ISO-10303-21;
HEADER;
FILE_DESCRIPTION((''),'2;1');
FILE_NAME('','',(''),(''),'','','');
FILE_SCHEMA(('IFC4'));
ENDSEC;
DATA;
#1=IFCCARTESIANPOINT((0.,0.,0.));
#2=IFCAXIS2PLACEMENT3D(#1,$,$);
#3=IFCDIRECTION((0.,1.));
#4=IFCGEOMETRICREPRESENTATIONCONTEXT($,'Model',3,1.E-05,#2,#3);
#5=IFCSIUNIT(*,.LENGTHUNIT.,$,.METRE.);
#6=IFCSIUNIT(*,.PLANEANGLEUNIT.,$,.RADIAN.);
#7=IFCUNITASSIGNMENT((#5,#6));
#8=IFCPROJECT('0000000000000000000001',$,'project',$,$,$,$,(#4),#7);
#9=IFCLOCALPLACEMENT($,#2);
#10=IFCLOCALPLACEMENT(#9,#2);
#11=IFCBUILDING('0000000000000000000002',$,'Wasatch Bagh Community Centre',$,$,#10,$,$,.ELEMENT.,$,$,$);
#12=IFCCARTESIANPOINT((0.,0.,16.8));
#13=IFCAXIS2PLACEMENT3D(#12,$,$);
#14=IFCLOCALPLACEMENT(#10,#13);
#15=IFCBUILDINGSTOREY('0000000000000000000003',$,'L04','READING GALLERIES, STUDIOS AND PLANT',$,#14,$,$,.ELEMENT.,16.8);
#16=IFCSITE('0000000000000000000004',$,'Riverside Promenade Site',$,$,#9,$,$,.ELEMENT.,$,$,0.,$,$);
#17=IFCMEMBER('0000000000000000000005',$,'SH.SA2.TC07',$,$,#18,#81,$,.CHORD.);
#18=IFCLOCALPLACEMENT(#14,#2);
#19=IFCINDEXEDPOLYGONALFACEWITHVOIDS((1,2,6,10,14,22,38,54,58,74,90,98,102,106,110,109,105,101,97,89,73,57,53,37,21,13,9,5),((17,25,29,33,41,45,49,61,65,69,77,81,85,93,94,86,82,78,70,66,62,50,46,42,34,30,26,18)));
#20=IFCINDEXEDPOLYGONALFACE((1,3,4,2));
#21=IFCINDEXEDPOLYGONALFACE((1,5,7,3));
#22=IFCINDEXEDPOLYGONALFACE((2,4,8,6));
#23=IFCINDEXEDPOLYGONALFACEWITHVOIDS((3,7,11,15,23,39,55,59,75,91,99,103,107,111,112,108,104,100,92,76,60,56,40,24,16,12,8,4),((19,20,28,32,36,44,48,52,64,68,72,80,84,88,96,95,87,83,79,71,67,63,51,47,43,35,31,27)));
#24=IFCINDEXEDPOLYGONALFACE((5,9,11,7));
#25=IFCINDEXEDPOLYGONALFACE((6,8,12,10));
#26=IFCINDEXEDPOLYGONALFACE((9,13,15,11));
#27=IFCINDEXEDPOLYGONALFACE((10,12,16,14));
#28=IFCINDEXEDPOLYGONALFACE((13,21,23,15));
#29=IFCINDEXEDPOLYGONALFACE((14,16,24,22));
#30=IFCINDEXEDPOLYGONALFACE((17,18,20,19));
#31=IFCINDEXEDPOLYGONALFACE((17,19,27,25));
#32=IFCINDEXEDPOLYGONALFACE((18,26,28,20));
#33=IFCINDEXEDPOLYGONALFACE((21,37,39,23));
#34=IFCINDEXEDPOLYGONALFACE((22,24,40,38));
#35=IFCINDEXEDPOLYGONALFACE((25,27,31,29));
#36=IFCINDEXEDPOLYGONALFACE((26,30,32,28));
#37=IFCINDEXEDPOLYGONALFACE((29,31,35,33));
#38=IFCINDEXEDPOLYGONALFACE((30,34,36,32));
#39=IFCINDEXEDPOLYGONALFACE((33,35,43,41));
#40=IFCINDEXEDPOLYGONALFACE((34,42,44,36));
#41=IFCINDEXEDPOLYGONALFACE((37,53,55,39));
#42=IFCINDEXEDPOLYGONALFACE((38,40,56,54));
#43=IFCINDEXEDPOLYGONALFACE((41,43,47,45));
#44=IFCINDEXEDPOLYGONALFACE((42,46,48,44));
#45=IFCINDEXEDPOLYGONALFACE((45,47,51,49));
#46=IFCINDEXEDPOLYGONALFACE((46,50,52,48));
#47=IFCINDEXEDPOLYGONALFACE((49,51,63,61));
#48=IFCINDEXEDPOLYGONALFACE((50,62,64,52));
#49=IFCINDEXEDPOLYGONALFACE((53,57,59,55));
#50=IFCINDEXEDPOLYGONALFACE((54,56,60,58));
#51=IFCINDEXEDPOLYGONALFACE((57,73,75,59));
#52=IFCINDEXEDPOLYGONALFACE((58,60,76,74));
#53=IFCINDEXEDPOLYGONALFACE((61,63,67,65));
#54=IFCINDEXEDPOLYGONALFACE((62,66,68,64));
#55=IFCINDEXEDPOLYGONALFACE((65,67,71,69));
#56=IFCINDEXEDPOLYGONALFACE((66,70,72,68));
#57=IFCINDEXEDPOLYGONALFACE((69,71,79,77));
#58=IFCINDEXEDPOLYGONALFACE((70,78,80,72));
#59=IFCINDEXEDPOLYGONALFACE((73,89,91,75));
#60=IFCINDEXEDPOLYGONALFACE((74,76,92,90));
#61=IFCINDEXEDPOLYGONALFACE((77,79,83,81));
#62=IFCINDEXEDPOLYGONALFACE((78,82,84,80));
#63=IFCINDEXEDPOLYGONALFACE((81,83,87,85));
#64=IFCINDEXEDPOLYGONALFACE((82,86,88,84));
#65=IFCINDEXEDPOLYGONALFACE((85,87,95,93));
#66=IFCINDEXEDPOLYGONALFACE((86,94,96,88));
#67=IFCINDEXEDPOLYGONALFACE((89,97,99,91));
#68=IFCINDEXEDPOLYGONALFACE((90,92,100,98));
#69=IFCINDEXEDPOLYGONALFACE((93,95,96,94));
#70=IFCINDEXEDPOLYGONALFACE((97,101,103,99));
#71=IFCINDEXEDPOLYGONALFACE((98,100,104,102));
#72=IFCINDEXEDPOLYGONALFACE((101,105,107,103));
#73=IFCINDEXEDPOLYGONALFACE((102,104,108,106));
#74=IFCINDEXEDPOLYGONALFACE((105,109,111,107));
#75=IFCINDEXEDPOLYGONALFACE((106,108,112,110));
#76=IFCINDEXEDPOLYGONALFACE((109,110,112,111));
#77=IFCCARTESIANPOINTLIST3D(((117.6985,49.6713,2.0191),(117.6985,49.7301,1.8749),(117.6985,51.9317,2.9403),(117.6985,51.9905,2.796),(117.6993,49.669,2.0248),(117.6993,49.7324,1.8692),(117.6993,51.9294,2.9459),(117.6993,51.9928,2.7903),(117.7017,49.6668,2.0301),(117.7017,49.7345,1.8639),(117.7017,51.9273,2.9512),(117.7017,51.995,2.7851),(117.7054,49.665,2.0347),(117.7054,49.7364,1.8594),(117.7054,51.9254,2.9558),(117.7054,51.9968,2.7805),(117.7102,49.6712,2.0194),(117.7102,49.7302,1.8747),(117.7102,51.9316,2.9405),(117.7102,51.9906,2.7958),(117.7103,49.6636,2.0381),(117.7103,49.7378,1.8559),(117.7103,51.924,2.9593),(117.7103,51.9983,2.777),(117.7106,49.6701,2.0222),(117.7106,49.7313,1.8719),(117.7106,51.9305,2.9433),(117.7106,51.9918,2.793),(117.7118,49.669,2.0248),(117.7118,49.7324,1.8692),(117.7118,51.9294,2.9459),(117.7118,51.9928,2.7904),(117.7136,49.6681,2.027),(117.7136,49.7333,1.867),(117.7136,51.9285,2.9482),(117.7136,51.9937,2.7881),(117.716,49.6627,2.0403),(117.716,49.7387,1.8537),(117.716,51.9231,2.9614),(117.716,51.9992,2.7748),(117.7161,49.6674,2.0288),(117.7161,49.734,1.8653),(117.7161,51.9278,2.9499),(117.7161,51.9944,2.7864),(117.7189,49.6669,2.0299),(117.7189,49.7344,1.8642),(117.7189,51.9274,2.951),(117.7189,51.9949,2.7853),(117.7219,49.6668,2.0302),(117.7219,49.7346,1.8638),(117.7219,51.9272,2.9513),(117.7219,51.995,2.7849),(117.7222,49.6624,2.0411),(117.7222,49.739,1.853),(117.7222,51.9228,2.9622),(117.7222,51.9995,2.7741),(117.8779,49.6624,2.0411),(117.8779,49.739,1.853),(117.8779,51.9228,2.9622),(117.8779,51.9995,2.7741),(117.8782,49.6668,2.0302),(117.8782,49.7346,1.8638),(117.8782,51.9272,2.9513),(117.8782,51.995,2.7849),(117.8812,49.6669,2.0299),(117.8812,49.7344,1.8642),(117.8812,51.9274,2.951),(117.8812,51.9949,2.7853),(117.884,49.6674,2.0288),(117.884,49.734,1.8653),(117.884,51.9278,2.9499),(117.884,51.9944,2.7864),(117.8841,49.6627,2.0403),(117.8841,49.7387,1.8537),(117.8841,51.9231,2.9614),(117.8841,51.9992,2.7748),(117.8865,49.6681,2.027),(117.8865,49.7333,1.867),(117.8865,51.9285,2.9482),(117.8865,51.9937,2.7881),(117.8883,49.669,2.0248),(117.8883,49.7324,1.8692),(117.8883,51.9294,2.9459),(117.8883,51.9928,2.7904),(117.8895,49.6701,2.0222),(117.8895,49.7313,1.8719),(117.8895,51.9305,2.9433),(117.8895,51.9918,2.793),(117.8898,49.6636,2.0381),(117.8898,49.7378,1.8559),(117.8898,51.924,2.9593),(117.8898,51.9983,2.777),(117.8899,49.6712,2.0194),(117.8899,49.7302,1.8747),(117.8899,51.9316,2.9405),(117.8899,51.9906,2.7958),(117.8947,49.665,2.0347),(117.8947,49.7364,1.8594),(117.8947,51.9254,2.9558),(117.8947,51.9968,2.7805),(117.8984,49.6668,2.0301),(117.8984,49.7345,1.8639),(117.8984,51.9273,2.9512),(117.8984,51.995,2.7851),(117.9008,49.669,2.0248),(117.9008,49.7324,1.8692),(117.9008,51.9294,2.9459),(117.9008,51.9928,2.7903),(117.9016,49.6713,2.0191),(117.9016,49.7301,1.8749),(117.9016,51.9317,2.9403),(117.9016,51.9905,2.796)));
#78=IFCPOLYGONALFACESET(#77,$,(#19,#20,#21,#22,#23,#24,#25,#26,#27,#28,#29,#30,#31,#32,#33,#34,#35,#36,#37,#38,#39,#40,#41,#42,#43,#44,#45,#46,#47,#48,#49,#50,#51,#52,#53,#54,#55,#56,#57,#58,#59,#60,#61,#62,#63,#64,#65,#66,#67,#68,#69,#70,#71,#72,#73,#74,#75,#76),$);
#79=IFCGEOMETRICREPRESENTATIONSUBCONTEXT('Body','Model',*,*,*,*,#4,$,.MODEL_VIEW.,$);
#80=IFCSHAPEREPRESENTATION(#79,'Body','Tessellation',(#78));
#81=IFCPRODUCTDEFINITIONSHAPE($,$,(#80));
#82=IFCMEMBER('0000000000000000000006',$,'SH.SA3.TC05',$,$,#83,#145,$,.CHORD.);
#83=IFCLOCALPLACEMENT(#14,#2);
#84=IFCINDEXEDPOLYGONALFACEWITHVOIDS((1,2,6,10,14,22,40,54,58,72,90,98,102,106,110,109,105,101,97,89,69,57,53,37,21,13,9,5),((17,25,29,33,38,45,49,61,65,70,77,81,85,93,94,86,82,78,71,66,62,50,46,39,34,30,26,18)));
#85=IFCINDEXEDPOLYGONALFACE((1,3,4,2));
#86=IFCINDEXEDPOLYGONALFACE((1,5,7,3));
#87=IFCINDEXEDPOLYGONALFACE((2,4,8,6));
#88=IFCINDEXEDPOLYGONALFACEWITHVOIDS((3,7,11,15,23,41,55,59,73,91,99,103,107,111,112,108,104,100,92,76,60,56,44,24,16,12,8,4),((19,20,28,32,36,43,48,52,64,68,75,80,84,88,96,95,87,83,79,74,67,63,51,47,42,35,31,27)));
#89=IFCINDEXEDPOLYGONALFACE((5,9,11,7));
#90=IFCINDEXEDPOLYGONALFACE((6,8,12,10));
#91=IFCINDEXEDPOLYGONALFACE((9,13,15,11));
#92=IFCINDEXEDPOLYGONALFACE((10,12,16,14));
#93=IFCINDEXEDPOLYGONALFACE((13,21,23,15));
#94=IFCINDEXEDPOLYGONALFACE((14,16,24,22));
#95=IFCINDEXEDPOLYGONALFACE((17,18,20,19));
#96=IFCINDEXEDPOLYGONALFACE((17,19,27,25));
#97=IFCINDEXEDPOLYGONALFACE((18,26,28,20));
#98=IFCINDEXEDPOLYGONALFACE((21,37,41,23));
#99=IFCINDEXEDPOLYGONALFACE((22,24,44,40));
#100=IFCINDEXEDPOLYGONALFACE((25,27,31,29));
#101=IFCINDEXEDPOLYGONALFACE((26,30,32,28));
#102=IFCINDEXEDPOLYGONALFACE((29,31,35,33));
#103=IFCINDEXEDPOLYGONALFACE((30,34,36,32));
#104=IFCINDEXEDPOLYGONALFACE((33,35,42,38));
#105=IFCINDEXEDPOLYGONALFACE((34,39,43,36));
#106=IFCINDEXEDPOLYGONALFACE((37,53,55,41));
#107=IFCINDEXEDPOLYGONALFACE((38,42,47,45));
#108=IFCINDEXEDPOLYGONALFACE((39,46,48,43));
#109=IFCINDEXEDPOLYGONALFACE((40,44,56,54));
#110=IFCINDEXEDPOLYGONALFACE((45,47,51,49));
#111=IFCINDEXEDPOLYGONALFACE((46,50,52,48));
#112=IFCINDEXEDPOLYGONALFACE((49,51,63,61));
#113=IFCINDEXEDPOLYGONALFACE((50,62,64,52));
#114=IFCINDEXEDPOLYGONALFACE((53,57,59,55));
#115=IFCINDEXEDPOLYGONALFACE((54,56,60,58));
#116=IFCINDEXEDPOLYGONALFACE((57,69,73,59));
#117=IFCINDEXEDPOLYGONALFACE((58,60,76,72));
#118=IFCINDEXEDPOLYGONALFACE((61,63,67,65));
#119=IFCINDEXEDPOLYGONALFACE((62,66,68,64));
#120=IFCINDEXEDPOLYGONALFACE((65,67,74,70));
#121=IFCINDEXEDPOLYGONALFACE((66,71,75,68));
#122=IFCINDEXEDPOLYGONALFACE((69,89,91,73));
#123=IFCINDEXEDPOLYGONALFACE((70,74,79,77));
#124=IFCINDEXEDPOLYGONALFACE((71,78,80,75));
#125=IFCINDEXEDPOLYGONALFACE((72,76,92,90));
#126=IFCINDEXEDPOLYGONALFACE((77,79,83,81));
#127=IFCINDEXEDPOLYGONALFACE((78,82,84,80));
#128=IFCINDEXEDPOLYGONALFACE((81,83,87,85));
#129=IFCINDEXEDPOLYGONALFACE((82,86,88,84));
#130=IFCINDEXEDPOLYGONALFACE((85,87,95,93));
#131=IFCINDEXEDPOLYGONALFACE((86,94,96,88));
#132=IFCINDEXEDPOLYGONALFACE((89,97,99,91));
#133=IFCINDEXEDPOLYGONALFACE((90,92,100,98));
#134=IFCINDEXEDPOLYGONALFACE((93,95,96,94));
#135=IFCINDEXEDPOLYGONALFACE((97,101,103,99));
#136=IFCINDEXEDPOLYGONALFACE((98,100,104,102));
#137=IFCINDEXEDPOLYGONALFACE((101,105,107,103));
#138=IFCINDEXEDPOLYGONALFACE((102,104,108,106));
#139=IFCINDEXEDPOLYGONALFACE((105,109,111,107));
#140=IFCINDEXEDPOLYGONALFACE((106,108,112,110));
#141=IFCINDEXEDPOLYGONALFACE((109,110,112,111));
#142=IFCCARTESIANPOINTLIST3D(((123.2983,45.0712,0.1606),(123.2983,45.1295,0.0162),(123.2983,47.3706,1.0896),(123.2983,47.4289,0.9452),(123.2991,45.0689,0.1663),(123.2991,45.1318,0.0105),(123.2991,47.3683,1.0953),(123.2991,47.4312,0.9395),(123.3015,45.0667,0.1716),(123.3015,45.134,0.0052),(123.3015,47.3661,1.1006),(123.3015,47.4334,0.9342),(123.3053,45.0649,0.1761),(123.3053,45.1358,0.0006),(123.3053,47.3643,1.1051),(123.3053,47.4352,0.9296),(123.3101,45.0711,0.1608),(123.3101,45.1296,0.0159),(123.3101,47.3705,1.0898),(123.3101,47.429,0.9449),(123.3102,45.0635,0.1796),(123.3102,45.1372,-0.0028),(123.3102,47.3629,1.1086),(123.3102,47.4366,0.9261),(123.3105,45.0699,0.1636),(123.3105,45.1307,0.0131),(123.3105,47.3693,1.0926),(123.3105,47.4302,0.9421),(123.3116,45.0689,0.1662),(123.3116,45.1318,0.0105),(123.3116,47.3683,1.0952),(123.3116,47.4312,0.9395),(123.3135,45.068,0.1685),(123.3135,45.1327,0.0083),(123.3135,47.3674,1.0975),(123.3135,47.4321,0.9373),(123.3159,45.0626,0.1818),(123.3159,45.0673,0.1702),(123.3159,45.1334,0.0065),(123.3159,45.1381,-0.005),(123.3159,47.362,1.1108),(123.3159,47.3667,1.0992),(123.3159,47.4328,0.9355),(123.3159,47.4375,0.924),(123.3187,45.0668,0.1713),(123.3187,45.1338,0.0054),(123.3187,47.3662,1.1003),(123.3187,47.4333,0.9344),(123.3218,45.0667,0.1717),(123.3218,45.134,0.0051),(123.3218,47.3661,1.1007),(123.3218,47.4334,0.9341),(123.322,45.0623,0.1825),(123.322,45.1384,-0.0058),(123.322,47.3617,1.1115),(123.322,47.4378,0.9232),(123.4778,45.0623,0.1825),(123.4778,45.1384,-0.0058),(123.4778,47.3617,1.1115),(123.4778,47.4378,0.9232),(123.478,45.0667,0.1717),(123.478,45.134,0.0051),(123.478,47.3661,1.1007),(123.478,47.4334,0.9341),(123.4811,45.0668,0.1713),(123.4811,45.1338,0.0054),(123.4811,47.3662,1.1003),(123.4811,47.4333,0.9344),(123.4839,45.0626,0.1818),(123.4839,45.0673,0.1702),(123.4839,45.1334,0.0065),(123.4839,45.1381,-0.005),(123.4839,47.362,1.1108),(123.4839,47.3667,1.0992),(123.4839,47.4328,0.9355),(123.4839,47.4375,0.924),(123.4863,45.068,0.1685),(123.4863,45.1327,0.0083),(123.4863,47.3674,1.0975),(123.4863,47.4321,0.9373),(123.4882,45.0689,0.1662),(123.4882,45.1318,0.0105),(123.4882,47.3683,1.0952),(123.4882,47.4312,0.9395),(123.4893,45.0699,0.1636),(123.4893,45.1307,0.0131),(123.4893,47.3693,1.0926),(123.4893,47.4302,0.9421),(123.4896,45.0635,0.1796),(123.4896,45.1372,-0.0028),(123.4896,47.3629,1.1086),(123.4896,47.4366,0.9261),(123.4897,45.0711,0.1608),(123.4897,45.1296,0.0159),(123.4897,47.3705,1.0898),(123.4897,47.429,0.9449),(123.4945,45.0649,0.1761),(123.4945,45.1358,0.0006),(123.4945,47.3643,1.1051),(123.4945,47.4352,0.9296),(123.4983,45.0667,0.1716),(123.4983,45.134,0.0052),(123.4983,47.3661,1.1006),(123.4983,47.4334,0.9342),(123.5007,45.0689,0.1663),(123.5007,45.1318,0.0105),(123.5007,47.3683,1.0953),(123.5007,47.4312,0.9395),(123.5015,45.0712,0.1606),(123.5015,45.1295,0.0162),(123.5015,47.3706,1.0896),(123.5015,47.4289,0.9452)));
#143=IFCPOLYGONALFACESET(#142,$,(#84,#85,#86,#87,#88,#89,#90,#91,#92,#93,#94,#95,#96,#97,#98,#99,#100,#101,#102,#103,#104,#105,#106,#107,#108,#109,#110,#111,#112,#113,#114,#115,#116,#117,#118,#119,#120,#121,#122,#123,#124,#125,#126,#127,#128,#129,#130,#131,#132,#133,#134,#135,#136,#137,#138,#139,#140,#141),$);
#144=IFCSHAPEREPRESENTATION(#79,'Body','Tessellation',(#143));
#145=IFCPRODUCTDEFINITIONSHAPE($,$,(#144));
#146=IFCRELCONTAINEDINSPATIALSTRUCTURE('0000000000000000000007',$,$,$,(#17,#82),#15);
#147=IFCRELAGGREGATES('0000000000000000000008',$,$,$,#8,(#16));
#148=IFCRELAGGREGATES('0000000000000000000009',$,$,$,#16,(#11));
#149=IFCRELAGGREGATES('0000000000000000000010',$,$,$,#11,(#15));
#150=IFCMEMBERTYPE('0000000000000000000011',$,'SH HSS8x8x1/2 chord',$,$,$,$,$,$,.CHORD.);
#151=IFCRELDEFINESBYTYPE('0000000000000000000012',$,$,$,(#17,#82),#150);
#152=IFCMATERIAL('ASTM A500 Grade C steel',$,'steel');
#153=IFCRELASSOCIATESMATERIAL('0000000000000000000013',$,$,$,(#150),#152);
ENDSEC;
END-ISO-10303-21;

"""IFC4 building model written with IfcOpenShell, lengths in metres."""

from ifc_helpers import new_model, si_unit, direction, frame, origin, origin_2d, place, context, subcontext, project, spatial, hollow_rectangle, extrude, material, material_profile, profile_set, type_object, element, save


model = new_model("IFC4")

# Units and contexts
model_context = context("Model", 3, precision=1e-05, world=origin(), true_north=direction((0.0, 1.0)))
body_context = subcontext(model_context, "Body", "Model", "MODEL_VIEW")
ifc_project = project(units=[si_unit("LENGTHUNIT", "METRE"), si_unit("PLANEANGLEUNIT", "RADIAN")], contexts=[model_context])

# Site, building, storey
site_placement = place(None, origin())
site = spatial("IfcSite", under=ifc_project, at=site_placement, Name="Riverside Promenade Site", CompositionType="ELEMENT", RefElevation=0.0)
building_placement = place(site_placement, origin())
building = spatial("IfcBuilding", under=site, at=building_placement, Name="Wasatch Bagh Community Centre", CompositionType="ELEMENT")
storey_placement = place(building_placement, frame((0.0, 0.0, 16.8)))
storey = spatial("IfcBuildingStorey", under=building, at=storey_placement, Name="L04", Description="READING GALLERIES, STUDIOS AND PLANT", CompositionType="ELEMENT", Elevation=16.8)

# Members
ifc_material_1 = material(Name="ASTM A500 Grade C steel", Category="steel")
ifc_material_profile_1 = material_profile(ifc_material_1, hollow_rectangle(XDim=0.2031, YDim=0.2031, WallThickness=0.0117, InnerFilletRadius=0.0117, OuterFilletRadius=0.0237, at=origin_2d()), Name="HSS8x8x1/2")
ifc_profile_set_1 = profile_set([ifc_material_profile_1], Name="ASTM A500 Grade C steel")
member_type_1 = type_object("IfcMemberType", Name="SH HSS8x8x1/2 chord", PredefinedType="CHORD", material=ifc_profile_set_1)
member_1_placement = place(storey_placement, frame((117.8, 49.7007, 1.947), z_axis=(0.0, 0.926064, 0.377367), x_axis=(-1.0, 0.0, 0.0)))
element("IfcMember", 1, at=member_1_placement, inside=storey, type_object=member_type_1, Name="SH.SA2.TC07", PredefinedType="CHORD", context=body_context, shape_type="SweptSolid", body=[
    extrude(hollow_rectangle(XDim=0.2031, YDim=0.2031, WallThickness=0.0117, InnerFilletRadius=0.0117, OuterFilletRadius=0.0237, at=origin_2d()), origin(), (0.0, 0.0, 1.0), 2.4409),
])
member_2_placement = place(storey_placement, frame((123.3999, 45.1003, 0.0884), z_axis=(0.0, 0.927188, 0.374597), x_axis=(-1.0, 0.0, 0.0)))
element("IfcMember", 2, at=member_2_placement, inside=storey, type_object=member_type_1, Name="SH.SA3.TC05", PredefinedType="CHORD", context=body_context, shape_type="SweptSolid", body=[
    extrude(hollow_rectangle(XDim=0.2031, YDim=0.2031, WallThickness=0.0117, InnerFilletRadius=0.0117, OuterFilletRadius=0.0237, at=origin_2d()), origin(), (0.0, 0.0, 1.0), 2.48),
])

save(model, "model.ifc")
